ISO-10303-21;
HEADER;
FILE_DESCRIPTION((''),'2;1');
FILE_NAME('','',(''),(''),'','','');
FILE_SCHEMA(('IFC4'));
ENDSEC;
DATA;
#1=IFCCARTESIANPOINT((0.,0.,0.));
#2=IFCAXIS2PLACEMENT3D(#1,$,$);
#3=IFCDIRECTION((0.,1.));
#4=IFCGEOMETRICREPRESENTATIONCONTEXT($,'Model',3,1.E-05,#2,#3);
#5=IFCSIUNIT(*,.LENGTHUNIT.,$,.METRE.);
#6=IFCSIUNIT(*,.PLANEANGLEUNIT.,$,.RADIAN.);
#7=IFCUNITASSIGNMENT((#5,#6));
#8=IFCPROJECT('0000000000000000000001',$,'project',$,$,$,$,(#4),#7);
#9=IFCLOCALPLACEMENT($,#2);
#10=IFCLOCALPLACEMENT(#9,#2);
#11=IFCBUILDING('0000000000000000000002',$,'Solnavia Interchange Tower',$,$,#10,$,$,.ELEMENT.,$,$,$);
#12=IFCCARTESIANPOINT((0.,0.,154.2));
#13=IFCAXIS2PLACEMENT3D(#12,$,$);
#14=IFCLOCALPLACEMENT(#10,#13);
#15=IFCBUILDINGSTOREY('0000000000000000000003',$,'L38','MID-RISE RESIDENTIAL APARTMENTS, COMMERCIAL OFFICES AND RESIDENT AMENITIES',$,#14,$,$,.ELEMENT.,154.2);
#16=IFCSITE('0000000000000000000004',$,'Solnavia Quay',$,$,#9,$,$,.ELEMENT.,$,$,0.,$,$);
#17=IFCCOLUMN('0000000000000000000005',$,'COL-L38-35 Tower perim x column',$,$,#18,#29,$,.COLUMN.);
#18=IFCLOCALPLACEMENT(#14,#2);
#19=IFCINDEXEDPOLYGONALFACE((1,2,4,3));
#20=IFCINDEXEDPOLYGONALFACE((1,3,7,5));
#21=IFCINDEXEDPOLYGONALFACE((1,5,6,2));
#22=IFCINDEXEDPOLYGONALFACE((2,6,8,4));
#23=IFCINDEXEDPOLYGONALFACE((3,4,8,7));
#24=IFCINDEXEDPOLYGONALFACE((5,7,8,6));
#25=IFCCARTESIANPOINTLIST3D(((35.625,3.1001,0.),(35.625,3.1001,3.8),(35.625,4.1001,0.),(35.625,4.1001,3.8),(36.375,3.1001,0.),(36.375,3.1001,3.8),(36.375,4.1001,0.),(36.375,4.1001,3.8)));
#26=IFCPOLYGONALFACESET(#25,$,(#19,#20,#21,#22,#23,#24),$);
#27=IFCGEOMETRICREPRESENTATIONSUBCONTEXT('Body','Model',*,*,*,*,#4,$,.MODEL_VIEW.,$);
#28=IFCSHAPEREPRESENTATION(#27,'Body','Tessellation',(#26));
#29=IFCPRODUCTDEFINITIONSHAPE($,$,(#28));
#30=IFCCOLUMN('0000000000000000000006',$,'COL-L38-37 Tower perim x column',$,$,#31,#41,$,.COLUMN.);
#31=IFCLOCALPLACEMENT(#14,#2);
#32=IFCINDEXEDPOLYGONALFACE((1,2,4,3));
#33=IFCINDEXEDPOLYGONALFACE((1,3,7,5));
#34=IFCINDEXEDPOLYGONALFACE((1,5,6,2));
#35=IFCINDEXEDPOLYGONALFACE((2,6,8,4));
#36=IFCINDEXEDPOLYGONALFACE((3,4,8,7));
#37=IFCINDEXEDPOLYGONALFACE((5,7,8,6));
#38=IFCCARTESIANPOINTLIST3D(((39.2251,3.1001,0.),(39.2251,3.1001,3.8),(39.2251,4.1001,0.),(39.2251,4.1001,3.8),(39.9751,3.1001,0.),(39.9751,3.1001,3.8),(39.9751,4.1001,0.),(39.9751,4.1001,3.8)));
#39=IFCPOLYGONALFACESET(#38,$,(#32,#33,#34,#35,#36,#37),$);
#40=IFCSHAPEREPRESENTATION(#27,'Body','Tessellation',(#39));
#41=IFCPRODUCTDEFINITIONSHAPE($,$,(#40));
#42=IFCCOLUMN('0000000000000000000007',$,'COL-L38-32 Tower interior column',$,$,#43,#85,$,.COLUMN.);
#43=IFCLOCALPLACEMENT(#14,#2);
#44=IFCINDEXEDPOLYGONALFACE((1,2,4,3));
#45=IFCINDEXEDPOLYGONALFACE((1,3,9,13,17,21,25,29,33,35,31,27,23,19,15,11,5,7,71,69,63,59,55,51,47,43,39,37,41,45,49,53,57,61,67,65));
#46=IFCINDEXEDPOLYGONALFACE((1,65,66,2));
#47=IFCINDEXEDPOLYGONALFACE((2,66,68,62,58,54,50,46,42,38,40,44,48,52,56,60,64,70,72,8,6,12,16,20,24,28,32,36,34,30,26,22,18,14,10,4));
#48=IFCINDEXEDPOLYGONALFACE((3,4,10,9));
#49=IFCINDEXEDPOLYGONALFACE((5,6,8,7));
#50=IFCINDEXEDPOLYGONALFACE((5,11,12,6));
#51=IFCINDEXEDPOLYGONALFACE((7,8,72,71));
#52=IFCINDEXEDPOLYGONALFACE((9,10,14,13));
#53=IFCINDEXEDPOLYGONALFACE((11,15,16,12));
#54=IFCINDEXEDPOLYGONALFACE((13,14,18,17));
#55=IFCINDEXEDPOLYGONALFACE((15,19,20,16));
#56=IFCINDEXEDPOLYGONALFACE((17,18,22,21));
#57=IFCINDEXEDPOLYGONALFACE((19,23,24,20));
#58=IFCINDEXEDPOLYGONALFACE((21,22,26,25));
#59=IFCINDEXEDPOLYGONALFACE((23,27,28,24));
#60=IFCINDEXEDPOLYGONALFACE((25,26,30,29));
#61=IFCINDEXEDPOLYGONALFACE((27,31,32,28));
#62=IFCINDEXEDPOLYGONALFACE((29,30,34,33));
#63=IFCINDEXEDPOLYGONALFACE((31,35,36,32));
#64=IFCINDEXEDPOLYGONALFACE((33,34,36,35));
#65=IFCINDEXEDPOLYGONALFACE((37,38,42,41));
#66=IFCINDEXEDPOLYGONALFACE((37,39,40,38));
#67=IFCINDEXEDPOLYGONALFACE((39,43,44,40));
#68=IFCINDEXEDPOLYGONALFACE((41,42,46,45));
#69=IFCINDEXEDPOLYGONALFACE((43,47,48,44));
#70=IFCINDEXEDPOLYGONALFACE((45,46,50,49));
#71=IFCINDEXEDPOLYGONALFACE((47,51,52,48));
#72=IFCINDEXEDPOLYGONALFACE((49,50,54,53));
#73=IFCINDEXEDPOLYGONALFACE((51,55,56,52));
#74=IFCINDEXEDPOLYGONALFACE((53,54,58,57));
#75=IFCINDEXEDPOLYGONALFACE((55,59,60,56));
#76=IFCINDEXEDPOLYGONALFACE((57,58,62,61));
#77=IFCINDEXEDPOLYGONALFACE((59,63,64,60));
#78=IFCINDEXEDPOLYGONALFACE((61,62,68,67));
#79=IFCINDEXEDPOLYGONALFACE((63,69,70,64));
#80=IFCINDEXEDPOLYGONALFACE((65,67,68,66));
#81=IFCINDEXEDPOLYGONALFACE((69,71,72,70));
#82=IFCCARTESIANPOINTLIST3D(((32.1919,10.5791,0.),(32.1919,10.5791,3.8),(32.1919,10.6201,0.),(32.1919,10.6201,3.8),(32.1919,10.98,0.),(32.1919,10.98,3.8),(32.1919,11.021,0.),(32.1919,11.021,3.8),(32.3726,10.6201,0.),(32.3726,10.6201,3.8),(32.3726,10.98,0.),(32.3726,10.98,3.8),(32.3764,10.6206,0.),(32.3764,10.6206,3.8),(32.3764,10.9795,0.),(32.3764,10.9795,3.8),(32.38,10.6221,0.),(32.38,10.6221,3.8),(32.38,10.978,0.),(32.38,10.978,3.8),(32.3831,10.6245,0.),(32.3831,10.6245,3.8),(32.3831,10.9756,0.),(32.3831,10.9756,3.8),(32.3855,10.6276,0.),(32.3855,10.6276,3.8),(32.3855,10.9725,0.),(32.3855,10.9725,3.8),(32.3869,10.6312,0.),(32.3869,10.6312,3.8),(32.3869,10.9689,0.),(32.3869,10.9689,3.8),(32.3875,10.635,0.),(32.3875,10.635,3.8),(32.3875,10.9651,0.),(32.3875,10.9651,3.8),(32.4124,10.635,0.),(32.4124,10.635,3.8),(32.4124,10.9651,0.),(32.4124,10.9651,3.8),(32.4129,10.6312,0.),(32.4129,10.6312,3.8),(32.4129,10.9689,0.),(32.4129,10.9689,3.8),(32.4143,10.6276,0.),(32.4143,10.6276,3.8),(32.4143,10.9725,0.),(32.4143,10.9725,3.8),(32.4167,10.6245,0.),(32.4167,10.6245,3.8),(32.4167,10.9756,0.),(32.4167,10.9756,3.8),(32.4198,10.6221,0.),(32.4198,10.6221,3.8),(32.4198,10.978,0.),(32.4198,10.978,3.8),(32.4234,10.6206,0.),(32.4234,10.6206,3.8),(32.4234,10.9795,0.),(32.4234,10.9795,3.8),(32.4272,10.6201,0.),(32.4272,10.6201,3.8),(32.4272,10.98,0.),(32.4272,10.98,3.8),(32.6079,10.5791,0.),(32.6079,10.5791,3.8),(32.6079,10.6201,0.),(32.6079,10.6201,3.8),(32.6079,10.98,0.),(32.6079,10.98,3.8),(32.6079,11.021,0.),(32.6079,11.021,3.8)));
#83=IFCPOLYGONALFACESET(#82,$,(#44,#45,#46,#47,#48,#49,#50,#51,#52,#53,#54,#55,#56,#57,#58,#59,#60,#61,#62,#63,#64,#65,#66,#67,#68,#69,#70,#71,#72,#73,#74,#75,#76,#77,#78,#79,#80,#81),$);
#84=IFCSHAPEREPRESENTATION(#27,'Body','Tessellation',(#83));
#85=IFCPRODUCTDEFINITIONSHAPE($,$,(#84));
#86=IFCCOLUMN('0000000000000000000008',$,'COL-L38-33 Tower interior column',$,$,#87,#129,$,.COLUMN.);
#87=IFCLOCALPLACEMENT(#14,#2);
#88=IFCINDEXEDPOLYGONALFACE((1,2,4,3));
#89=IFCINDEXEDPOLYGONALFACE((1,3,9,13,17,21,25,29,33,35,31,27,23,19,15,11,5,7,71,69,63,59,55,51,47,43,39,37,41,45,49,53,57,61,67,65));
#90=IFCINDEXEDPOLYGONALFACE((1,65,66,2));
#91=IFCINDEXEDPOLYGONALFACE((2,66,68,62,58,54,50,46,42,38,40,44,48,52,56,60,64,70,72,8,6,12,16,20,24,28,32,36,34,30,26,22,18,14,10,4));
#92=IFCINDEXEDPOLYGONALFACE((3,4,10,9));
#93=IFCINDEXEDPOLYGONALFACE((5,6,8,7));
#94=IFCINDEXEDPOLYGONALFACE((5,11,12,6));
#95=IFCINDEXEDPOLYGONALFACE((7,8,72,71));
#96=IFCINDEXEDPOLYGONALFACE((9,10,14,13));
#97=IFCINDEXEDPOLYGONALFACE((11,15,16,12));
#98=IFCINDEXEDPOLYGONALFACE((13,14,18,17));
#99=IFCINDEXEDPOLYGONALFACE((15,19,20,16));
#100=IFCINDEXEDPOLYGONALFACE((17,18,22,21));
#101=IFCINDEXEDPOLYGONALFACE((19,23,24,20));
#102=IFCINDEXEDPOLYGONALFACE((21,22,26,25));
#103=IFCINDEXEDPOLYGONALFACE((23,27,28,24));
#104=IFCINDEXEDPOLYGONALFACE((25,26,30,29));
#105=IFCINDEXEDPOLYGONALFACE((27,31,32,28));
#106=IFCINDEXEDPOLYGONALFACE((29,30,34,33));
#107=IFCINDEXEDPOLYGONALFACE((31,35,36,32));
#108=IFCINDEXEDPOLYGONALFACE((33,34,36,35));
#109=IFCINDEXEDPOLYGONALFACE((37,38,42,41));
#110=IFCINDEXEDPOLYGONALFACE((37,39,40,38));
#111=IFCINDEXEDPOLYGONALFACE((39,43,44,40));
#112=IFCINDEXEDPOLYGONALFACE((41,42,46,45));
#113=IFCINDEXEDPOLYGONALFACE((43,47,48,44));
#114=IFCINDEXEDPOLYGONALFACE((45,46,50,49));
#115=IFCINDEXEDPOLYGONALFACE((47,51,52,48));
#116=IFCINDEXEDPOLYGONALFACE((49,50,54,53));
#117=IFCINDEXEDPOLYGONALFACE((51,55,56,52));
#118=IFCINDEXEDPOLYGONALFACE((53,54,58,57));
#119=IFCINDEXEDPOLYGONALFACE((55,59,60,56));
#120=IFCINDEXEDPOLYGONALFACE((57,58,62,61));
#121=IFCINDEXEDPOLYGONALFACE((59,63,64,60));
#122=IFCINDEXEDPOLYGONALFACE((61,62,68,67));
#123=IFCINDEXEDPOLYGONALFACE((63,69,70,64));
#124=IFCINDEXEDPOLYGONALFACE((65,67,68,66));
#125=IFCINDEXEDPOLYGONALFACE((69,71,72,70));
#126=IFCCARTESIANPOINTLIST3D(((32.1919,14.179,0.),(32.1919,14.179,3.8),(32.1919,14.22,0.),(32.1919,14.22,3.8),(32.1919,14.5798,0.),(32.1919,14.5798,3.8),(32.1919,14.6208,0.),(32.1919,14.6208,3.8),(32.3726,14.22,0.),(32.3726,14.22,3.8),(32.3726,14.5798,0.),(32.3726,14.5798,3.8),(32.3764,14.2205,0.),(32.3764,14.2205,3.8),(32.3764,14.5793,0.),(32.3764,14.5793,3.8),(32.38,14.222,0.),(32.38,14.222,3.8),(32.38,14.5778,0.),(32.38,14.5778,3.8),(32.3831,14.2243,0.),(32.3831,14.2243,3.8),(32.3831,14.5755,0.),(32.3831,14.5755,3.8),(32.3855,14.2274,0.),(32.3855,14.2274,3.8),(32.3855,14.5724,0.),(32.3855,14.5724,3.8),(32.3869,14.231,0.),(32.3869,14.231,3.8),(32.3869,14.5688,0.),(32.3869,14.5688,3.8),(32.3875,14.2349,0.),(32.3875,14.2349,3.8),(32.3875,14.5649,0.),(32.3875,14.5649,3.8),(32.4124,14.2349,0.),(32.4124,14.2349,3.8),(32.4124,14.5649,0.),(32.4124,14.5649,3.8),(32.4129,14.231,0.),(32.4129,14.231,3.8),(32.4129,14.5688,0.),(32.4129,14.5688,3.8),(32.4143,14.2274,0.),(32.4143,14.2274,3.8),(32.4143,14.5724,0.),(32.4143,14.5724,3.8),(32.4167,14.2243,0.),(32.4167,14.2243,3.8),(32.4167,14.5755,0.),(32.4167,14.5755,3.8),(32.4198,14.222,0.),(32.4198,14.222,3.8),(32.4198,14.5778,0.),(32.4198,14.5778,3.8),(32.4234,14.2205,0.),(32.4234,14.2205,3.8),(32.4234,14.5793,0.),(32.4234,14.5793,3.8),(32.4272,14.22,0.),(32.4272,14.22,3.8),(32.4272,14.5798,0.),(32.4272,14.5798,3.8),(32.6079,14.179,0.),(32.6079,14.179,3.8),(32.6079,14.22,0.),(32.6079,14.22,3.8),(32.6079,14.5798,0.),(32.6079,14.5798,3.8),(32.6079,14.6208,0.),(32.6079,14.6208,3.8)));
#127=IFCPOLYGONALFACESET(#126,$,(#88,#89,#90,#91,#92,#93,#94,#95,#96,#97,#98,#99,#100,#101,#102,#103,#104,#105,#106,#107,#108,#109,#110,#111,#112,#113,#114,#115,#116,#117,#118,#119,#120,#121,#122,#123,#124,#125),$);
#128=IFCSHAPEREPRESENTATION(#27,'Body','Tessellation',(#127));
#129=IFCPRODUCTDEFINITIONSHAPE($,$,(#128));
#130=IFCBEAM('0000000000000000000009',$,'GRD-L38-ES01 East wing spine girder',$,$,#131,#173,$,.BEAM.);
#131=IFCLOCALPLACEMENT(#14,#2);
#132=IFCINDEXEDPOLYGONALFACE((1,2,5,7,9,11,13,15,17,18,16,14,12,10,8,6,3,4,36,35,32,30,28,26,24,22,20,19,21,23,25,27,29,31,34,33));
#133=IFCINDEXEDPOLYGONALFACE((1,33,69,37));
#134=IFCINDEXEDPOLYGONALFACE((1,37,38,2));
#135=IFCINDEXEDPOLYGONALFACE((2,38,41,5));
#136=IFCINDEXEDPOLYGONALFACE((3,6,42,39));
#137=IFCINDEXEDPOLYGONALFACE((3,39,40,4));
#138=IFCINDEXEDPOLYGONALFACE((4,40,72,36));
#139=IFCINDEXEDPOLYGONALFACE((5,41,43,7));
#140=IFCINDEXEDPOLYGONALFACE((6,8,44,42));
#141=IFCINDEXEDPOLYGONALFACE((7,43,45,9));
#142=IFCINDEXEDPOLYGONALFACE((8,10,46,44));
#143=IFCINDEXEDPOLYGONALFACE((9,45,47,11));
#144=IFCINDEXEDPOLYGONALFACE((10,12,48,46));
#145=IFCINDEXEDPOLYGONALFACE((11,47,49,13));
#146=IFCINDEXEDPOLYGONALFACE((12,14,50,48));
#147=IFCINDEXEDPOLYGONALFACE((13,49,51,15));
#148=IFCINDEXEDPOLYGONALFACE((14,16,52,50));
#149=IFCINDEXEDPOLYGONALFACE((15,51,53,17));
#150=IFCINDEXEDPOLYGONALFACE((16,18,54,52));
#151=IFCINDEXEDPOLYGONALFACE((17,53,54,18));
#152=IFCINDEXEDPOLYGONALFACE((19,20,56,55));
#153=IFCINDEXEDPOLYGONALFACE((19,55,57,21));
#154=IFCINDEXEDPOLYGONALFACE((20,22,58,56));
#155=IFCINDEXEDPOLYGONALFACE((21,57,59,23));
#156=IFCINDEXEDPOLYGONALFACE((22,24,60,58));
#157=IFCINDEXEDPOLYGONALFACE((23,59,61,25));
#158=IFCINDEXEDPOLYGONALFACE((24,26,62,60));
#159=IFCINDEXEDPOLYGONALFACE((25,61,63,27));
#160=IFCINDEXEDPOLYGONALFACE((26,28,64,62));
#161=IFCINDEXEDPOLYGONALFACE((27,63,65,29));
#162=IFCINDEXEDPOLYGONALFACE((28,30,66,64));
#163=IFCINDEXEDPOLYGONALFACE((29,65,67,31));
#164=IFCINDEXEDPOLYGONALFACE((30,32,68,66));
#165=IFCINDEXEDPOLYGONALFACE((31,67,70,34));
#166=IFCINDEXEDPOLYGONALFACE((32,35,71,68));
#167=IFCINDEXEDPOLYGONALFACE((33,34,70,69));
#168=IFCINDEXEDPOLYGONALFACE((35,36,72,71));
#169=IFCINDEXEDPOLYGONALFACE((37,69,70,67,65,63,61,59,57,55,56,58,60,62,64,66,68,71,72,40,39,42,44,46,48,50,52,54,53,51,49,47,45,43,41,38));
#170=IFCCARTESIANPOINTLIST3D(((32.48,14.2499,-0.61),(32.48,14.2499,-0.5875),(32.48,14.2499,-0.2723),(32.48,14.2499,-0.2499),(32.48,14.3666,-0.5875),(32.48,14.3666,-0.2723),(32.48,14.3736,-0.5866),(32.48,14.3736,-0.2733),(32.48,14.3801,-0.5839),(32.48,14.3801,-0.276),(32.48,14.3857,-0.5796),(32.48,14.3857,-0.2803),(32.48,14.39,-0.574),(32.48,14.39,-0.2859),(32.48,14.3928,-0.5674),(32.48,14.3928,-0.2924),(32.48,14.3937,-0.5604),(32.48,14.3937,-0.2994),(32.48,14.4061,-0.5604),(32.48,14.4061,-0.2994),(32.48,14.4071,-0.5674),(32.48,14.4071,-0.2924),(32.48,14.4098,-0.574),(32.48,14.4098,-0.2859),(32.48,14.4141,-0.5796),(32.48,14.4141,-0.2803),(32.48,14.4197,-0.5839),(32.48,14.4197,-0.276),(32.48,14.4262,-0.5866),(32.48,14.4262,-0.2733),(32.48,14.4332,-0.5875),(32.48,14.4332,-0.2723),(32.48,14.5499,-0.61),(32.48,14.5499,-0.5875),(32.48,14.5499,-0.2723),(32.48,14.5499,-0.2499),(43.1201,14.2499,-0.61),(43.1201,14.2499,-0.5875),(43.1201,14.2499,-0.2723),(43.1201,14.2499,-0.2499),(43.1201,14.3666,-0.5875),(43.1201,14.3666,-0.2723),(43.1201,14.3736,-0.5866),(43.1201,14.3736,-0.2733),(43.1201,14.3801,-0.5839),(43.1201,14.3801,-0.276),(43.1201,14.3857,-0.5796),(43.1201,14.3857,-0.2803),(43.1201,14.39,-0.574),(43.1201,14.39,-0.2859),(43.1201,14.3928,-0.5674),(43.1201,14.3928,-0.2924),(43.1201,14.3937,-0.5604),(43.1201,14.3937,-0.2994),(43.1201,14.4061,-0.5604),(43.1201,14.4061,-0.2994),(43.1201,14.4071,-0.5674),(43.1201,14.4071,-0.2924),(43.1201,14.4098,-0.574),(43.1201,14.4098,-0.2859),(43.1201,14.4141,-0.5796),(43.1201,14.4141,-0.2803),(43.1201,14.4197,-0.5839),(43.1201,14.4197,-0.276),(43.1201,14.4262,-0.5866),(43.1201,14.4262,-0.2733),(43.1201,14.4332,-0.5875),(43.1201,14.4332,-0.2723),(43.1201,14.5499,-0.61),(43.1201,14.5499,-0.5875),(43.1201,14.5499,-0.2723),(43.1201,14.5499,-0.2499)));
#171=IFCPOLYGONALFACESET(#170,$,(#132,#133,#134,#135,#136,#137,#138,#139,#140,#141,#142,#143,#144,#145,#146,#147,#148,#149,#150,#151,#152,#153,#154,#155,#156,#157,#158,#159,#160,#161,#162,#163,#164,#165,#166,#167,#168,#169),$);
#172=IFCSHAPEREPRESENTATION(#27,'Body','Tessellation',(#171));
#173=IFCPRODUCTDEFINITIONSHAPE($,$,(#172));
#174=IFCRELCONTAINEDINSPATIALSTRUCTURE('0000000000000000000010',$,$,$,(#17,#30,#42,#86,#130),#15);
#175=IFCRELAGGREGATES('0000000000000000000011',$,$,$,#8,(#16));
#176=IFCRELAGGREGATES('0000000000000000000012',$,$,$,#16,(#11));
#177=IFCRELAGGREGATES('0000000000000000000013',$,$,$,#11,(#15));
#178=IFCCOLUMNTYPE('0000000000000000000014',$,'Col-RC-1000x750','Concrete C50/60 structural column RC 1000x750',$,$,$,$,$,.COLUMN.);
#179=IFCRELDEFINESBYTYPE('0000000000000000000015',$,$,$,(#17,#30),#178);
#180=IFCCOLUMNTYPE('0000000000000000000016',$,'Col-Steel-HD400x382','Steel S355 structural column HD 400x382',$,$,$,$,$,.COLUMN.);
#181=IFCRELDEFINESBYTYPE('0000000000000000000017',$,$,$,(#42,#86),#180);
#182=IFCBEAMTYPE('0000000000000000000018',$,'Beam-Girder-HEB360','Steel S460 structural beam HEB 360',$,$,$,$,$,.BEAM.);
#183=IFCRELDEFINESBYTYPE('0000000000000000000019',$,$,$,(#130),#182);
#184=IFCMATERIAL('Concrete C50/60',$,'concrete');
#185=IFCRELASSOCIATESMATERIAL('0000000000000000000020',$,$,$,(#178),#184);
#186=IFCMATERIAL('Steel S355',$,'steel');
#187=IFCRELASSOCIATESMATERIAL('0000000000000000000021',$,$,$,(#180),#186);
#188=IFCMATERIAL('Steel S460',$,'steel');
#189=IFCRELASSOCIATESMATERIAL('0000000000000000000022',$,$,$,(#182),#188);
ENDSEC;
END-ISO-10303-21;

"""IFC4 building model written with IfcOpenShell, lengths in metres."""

from ifc_helpers import new_model, si_unit, direction, frame, origin, origin_2d, place, context, subcontext, project, spatial, rectangle, i_section, extrude, material, material_profile, profile_set, type_object, element, save


model = new_model("IFC4")

# Units and contexts
model_context = context("Model", 3, precision=1e-05, world=origin(), true_north=direction((0.0, 1.0)))
body_context = subcontext(model_context, "Body", "Model", "MODEL_VIEW")
ifc_project = project(units=[si_unit("LENGTHUNIT", "METRE"), si_unit("PLANEANGLEUNIT", "RADIAN")], contexts=[model_context])

# Site, building, storey
site_placement = place(None, origin())
site = spatial("IfcSite", under=ifc_project, at=site_placement, Name="Solnavia Quay", CompositionType="ELEMENT", RefElevation=0.0)
building_placement = place(site_placement, origin())
building = spatial("IfcBuilding", under=site, at=building_placement, Name="Solnavia Interchange Tower", CompositionType="ELEMENT")
storey_placement = place(building_placement, frame((0.0, 0.0, 154.2)))
storey = spatial("IfcBuildingStorey", under=building, at=storey_placement, Name="L38", Description="MID-RISE RESIDENTIAL APARTMENTS, COMMERCIAL OFFICES AND RESIDENT AMENITIES", CompositionType="ELEMENT", Elevation=154.2)

# Columns
ifc_material_1 = material(Name="Concrete C50/60", Category="concrete")
ifc_material_profile_1 = material_profile(ifc_material_1, rectangle(XDim=0.75, YDim=1.0, at=origin_2d()), Name="RC 1000x750")
ifc_profile_set_1 = profile_set([ifc_material_profile_1], Name="Concrete C50/60")
column_type_1 = type_object("IfcColumnType", Name="Col-RC-1000x750", Description="Concrete C50/60 structural column RC 1000x750", PredefinedType="COLUMN", material=ifc_profile_set_1)
for number, where, z_axis, x_axis, name in (
    (1, (36.0, 3.6001, 0.0), (0.0, 0.0, 1.0), (1.0, 0.0, 0.0), "COL-L38-35 Tower perim x column"),
    (2, (39.6001, 3.6001, 0.0), (0.0, 0.0, 1.0), (1.0, 0.0, 0.0), "COL-L38-37 Tower perim x column"),
):
    element("IfcColumn", number, at=place(storey_placement, frame(where, z_axis=z_axis, x_axis=x_axis)), inside=storey, type_object=column_type_1, Name=name, PredefinedType="COLUMN", context=body_context, shape_type="SweptSolid", body=[
        extrude(rectangle(XDim=0.75, YDim=1.0, at=origin_2d()), origin(), (0.0, 0.0, 1.0), 3.8),
    ])
ifc_material_2 = material(Name="Steel S355", Category="steel")
ifc_material_profile_2 = material_profile(ifc_material_2, i_section(OverallWidth=0.416, OverallDepth=0.4419, WebThickness=0.0249, FlangeThickness=0.041, FilletRadius=0.0149, at=origin_2d()), Name="HD 400x382")
ifc_profile_set_2 = profile_set([ifc_material_profile_2], Name="Steel S355")
column_type_2 = type_object("IfcColumnType", Name="Col-Steel-HD400x382", Description="Steel S355 structural column HD 400x382", PredefinedType="COLUMN", material=ifc_profile_set_2)
for number, where, z_axis, x_axis, name in (
    (3, (32.3999, 10.8, 0.0), (0.0, 0.0, 1.0), (1.0, 0.0, 0.0), "COL-L38-32 Tower interior column"),
    (4, (32.3999, 14.3999, 0.0), (0.0, 0.0, 1.0), (1.0, 0.0, 0.0), "COL-L38-33 Tower interior column"),
):
    element("IfcColumn", number, at=place(storey_placement, frame(where, z_axis=z_axis, x_axis=x_axis)), inside=storey, type_object=column_type_2, Name=name, PredefinedType="COLUMN", context=body_context, shape_type="SweptSolid", body=[
        extrude(i_section(OverallWidth=0.416, OverallDepth=0.4419, WebThickness=0.0249, FlangeThickness=0.041, FilletRadius=0.0149, at=origin_2d()), origin(), (0.0, 0.0, 1.0), 3.8),
    ])

# Beam
ifc_material_3 = material(Name="Steel S460", Category="steel")
ifc_material_profile_3 = material_profile(ifc_material_3, i_section(OverallWidth=0.3, OverallDepth=0.3601, WebThickness=0.0125, FlangeThickness=0.0225, FilletRadius=0.0271, at=origin_2d()), Name="HEB 360")
ifc_profile_set_3 = profile_set([ifc_material_profile_3], Name="Steel S460")
beam_type_1 = type_object("IfcBeamType", Name="Beam-Girder-HEB360", Description="Steel S460 structural beam HEB 360", PredefinedType="BEAM", material=ifc_profile_set_3)
beam_1_placement = place(storey_placement, frame((32.48, 14.3999, -0.4299), z_axis=(1.0, 0.0, 0.0), x_axis=(0.0, 1.0, 0.0)))
element("IfcBeam", 5, at=beam_1_placement, inside=storey, type_object=beam_type_1, Name="GRD-L38-ES01 East wing spine girder", PredefinedType="BEAM", context=body_context, shape_type="SweptSolid", body=[
    extrude(i_section(OverallWidth=0.3, OverallDepth=0.3601, WebThickness=0.0125, FlangeThickness=0.0225, FilletRadius=0.0271, at=origin_2d()), origin(), (0.0, 0.0, 1.0), 10.6401),
])

save(model, "model.ifc")
